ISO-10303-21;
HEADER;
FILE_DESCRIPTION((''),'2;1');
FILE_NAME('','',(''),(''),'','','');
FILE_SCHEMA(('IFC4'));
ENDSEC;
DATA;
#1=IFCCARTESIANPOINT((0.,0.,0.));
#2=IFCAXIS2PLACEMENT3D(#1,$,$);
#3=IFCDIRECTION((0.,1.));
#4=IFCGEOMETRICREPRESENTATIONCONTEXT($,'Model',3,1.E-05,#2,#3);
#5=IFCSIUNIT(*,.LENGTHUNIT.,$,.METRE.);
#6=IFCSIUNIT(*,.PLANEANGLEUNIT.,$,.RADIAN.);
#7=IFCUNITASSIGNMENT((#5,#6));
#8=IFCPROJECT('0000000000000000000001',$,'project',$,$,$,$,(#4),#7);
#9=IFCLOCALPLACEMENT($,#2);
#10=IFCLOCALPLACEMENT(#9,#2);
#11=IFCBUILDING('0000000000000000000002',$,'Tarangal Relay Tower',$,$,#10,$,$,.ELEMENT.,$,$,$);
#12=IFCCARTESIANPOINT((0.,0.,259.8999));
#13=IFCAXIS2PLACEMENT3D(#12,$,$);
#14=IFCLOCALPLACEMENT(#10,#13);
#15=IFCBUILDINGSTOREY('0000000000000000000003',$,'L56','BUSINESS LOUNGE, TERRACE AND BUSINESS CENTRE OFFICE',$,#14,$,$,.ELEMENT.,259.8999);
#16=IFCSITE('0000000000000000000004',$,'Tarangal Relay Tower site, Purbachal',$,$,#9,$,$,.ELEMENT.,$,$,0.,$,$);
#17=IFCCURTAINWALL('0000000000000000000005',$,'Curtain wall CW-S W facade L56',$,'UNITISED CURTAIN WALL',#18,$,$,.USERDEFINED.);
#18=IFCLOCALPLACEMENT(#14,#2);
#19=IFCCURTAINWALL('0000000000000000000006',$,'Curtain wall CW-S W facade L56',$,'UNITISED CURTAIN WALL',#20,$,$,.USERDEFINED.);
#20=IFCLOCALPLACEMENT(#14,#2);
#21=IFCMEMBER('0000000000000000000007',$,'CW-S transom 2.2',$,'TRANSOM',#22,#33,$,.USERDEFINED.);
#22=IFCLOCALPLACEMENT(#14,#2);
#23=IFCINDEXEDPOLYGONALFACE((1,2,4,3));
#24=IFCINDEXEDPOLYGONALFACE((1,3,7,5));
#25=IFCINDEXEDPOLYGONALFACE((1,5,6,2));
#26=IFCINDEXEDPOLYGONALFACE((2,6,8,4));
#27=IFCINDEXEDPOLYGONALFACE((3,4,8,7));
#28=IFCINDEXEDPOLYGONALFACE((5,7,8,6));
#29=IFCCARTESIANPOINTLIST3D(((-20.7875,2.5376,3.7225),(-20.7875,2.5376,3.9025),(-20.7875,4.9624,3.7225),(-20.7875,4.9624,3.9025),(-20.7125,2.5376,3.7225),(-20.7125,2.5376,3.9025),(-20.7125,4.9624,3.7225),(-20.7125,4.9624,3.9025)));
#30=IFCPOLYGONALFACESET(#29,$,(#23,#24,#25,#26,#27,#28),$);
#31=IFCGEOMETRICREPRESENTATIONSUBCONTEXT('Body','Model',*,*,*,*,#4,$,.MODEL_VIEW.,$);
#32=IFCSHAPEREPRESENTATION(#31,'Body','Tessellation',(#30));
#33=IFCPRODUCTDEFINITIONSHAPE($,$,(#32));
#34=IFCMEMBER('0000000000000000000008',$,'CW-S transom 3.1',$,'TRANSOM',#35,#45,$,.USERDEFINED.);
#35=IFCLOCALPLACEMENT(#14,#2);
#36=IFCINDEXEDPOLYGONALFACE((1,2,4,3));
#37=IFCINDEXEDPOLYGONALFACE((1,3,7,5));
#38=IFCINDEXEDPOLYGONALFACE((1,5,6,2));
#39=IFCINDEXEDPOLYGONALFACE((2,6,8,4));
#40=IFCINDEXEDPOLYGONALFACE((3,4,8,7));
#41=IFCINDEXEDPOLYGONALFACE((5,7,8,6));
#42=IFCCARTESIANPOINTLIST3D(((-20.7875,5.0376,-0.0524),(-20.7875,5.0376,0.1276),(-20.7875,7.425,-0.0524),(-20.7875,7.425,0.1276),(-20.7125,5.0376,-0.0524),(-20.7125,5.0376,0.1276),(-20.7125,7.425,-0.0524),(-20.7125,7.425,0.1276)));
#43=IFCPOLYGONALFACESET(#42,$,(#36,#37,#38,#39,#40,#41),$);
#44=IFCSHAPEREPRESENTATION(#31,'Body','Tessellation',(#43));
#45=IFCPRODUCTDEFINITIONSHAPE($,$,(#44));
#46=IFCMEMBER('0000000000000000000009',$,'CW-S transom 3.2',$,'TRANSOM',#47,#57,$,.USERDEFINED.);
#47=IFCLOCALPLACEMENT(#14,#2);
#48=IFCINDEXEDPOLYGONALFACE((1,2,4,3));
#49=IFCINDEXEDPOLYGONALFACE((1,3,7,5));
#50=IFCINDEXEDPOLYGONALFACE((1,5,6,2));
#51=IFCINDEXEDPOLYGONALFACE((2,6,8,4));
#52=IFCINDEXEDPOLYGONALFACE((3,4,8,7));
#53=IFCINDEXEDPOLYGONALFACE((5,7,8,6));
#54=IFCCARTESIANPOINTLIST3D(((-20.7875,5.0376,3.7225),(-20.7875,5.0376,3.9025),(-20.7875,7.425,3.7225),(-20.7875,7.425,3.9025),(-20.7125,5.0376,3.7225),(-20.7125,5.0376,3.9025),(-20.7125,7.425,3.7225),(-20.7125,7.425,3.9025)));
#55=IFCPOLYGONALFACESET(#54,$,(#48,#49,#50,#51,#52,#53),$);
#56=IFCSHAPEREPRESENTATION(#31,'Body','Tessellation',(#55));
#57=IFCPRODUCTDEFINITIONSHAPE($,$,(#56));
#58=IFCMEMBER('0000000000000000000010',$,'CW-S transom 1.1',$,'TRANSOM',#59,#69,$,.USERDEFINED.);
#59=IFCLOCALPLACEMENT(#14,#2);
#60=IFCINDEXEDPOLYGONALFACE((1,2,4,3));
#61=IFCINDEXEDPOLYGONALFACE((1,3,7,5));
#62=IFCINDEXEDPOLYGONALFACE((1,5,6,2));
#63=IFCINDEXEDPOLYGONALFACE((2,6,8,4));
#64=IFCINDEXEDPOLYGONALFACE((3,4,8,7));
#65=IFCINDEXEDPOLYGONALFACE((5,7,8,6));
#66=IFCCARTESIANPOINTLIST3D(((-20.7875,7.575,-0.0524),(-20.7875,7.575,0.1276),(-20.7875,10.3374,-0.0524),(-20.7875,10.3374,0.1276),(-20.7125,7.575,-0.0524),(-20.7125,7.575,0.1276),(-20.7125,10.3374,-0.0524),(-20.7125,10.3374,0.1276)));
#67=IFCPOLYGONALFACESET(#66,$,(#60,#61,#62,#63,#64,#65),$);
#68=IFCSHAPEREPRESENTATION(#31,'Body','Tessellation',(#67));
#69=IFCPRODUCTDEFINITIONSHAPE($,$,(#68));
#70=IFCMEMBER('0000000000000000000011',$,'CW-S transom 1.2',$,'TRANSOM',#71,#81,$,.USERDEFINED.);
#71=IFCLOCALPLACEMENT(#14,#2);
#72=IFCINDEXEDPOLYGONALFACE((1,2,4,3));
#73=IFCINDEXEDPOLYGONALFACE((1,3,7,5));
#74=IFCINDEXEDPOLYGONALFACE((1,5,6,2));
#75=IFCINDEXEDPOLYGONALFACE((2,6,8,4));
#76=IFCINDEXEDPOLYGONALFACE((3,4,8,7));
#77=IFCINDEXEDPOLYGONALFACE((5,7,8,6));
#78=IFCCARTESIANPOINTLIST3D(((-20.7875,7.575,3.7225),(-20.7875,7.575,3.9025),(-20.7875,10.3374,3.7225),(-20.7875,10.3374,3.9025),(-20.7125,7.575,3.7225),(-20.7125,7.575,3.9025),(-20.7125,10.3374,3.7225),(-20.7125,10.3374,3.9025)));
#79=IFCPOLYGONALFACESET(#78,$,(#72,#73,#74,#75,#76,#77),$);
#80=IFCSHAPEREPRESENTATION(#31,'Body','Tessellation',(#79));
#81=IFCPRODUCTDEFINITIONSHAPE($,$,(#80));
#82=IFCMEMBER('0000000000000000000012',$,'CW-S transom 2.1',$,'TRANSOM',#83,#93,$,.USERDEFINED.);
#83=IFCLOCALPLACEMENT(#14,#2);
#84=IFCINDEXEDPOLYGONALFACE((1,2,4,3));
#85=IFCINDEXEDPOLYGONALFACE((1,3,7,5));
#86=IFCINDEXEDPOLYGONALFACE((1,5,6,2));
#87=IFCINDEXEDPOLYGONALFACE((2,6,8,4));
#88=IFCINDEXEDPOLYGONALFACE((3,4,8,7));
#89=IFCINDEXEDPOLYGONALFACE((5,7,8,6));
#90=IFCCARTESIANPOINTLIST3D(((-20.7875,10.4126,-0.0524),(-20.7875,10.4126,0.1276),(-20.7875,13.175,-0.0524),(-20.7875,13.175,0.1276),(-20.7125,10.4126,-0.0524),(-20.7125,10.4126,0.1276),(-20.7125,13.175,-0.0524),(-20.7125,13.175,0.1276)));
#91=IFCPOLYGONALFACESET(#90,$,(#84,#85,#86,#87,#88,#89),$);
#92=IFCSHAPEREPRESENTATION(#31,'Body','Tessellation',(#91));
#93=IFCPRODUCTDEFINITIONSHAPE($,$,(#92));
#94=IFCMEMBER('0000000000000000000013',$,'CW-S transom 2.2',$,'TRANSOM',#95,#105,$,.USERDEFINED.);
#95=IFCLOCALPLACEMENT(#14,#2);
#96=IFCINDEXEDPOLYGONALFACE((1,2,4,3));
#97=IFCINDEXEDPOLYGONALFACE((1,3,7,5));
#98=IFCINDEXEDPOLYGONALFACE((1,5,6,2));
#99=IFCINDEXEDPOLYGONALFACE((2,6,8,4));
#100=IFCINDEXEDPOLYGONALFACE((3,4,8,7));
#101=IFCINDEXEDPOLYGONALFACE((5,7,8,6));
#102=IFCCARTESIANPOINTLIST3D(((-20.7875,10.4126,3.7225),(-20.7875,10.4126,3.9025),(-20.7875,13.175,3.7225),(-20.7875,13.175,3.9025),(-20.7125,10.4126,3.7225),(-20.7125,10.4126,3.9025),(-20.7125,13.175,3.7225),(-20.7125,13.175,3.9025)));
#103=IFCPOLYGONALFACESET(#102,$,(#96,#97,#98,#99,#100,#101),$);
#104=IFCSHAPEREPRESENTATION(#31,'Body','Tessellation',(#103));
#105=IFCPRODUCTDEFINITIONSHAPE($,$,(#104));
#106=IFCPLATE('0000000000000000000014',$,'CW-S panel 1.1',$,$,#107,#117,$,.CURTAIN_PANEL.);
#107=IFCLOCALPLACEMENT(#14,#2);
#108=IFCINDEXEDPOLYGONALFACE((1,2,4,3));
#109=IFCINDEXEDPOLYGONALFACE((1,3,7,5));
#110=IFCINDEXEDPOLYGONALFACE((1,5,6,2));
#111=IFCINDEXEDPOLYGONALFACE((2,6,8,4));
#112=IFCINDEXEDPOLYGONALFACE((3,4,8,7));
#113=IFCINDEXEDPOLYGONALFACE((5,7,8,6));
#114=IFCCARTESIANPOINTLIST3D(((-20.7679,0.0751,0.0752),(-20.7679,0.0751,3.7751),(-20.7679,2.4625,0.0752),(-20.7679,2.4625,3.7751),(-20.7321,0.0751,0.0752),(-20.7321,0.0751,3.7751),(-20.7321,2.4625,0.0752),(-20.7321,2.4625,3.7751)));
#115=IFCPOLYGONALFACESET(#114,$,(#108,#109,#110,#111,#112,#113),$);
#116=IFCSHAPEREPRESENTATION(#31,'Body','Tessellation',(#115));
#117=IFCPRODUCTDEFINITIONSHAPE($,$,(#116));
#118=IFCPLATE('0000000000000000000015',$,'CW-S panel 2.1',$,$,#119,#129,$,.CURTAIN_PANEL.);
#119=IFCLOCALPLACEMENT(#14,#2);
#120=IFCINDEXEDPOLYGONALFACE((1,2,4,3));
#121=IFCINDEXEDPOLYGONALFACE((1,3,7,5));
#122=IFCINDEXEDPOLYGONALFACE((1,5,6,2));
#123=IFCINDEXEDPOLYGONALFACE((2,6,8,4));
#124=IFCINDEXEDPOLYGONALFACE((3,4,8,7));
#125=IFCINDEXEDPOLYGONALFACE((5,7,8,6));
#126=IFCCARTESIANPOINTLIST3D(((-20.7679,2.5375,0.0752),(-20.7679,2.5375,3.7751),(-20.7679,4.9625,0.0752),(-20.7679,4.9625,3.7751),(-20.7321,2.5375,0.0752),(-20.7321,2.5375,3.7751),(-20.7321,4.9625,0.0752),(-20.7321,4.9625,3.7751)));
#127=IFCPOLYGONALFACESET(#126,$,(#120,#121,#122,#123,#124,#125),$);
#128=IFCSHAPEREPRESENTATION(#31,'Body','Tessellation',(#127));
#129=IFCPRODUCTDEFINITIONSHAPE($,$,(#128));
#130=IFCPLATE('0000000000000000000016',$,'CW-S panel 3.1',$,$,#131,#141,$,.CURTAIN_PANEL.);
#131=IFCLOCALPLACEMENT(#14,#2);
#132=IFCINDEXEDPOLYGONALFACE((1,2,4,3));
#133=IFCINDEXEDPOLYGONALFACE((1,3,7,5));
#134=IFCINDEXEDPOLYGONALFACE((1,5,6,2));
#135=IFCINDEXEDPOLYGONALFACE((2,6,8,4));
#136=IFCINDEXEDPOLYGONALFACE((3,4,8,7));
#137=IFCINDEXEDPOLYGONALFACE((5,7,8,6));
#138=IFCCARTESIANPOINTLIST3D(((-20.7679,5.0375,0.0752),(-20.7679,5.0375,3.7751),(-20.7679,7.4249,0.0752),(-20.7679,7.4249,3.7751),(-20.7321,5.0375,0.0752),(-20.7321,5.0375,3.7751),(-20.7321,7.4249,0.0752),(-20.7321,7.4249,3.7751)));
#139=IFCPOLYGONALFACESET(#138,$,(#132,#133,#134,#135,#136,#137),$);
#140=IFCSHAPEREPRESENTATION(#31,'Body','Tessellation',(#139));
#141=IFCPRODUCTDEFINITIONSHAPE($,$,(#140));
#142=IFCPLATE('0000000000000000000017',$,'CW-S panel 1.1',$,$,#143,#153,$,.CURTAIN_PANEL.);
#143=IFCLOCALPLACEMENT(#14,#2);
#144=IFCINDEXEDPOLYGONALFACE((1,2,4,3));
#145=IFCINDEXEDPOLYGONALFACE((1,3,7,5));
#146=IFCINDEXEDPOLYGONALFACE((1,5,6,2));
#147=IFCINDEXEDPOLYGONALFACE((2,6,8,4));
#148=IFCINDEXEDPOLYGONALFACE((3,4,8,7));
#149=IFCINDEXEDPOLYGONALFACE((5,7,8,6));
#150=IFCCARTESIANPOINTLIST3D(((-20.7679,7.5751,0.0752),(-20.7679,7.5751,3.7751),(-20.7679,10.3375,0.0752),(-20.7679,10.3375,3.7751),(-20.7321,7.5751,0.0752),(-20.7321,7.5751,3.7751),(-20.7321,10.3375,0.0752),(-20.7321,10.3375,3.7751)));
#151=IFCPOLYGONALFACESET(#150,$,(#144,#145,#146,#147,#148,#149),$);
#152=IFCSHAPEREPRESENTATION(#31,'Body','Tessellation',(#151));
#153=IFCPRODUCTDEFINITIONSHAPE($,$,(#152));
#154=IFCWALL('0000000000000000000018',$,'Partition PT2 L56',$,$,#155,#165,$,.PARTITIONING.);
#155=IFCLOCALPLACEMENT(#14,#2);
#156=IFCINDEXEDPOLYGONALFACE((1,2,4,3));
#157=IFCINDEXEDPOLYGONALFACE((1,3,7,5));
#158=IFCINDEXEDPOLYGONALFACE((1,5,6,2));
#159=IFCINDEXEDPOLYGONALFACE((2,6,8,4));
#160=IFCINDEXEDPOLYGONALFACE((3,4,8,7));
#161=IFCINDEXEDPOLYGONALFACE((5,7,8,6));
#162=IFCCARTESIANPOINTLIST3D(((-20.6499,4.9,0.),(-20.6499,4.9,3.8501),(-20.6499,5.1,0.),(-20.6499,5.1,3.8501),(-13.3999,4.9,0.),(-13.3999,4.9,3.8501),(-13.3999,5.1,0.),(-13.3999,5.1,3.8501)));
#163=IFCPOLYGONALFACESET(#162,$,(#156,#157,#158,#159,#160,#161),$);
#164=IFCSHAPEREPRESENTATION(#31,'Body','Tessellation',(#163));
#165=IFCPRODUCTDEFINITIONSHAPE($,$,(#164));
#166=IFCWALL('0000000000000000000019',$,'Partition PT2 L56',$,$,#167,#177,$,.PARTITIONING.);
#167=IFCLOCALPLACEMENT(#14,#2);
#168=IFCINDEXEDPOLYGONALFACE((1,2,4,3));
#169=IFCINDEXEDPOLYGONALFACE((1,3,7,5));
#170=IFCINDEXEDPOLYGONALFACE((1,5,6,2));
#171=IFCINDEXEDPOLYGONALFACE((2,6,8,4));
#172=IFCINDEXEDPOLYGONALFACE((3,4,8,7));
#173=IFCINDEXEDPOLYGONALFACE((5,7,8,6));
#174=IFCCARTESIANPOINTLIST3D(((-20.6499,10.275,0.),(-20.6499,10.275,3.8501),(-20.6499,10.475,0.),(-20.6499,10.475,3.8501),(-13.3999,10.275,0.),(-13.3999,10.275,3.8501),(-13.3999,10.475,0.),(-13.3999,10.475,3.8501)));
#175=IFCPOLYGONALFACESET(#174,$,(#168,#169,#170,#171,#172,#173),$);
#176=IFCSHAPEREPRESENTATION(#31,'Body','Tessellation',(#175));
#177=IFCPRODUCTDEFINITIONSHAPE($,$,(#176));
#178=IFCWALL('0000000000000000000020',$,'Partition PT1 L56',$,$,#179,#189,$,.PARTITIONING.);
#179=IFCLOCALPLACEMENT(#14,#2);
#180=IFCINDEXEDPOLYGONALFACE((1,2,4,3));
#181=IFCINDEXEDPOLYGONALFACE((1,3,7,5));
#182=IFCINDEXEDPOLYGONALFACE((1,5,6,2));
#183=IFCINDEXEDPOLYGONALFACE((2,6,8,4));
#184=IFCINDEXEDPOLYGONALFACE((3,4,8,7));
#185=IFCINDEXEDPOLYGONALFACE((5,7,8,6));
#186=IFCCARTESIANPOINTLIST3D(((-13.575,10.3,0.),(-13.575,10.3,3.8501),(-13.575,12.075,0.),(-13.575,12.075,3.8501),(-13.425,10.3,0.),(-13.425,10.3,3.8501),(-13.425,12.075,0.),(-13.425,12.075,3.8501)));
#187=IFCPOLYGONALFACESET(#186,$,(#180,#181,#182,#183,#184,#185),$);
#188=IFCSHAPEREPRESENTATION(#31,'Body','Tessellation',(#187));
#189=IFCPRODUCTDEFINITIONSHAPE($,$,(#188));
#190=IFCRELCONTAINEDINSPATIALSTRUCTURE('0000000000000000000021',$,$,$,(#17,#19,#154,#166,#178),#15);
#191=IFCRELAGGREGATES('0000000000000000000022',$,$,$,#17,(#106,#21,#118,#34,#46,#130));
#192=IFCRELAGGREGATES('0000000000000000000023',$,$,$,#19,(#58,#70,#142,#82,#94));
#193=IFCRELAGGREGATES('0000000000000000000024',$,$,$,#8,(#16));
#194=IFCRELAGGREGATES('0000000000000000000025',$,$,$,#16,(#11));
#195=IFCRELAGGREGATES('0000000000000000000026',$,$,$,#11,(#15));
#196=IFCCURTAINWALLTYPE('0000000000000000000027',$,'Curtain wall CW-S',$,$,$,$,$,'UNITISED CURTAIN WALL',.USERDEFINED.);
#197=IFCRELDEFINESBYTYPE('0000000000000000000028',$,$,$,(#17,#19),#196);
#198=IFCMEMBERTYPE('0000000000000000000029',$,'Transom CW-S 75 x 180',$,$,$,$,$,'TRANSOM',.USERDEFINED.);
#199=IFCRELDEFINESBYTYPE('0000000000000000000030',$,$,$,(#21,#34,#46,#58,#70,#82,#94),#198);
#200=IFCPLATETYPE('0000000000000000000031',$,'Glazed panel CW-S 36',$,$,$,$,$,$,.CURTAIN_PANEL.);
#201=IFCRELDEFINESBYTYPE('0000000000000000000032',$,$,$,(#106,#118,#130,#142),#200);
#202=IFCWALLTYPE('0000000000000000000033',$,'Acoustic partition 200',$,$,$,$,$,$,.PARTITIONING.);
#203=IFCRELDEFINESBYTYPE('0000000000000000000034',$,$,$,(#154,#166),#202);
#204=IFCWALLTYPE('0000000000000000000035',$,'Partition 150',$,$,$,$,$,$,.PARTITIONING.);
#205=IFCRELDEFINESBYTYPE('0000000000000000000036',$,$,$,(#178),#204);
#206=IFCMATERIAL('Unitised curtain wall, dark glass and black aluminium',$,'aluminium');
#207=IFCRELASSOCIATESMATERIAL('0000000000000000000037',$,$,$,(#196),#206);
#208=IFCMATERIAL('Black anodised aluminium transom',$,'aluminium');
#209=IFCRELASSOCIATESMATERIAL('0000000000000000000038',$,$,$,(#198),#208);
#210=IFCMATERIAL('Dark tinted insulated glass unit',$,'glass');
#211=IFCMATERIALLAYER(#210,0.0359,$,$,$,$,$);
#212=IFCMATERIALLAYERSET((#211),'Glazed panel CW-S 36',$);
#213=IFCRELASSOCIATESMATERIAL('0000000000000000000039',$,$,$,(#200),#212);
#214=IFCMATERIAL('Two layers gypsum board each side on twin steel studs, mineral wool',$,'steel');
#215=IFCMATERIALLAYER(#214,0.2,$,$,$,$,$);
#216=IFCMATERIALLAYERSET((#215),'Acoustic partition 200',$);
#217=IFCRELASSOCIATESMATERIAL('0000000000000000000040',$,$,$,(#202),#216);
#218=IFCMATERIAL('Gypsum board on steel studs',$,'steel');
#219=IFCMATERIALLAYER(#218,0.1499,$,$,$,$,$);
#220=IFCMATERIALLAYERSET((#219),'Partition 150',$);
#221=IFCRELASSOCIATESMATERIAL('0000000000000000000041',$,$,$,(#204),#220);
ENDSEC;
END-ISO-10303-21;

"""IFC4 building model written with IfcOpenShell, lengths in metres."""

from ifc_helpers import new_model, si_unit, direction, frame, frame_2d, origin, origin_2d, place, context, subcontext, project, spatial, rectangle, extrude, material, layer, layer_set, material_profile, profile_set, type_object, element, aggregate, save


model = new_model("IFC4")

# Units and contexts
model_context = context("Model", 3, precision=1e-05, world=origin(), true_north=direction((0.0, 1.0)))
body_context = subcontext(model_context, "Body", "Model", "MODEL_VIEW")
ifc_project = project(units=[si_unit("LENGTHUNIT", "METRE"), si_unit("PLANEANGLEUNIT", "RADIAN")], contexts=[model_context])

# Site, building, storey
site_placement = place(None, origin())
site = spatial("IfcSite", under=ifc_project, at=site_placement, Name="Tarangal Relay Tower site, Purbachal", CompositionType="ELEMENT", RefElevation=0.0)
building_placement = place(site_placement, origin())
building = spatial("IfcBuilding", under=site, at=building_placement, Name="Tarangal Relay Tower", CompositionType="ELEMENT")
storey_placement = place(building_placement, frame((0.0, 0.0, 259.8999)))
storey = spatial("IfcBuildingStorey", under=building, at=storey_placement, Name="L56", Description="BUSINESS LOUNGE, TERRACE AND BUSINESS CENTRE OFFICE", CompositionType="ELEMENT", Elevation=259.8999)

# Curtain walls
ifc_material_1 = material(Name="Unitised curtain wall, dark glass and black aluminium", Category="aluminium")
curtain_wall_type = type_object("IfcCurtainWallType", Name="Curtain wall CW-S", ElementType="UNITISED CURTAIN WALL", PredefinedType="USERDEFINED", material=ifc_material_1)
curtain_wall_1_placement = place(storey_placement, origin())
curtain_wall_1 = element("IfcCurtainWall", 1, at=curtain_wall_1_placement, inside=storey, type_object=curtain_wall_type, Name="Curtain wall CW-S W facade L56", ObjectType="UNITISED CURTAIN WALL", PredefinedType="USERDEFINED")
curtain_wall_2_placement = place(storey_placement, origin())
curtain_wall_2 = element("IfcCurtainWall", 2, at=curtain_wall_2_placement, inside=storey, type_object=curtain_wall_type, Name="Curtain wall CW-S W facade L56", ObjectType="UNITISED CURTAIN WALL", PredefinedType="USERDEFINED")

# Members
ifc_material_2 = material(Name="Black anodised aluminium transom", Category="aluminium")
ifc_material_profile_1 = material_profile(ifc_material_2, rectangle(XDim=0.075, YDim=0.1799, at=origin_2d()), Name="CW-ST 75X180")
ifc_profile_set_1 = profile_set([ifc_material_profile_1], Name="Black anodised aluminium transom")
member_type_1 = type_object("IfcMemberType", Name="Transom CW-S 75 x 180", ElementType="TRANSOM", PredefinedType="USERDEFINED", material=ifc_profile_set_1)
member_1_placement = place(storey_placement, frame((-20.75, 2.5376, 3.8125), z_axis=(0.0, 1.0, 0.0), x_axis=(-1.0, 0.0, 0.0)))
member_1 = element("IfcMember", 3, at=member_1_placement, type_object=member_type_1, Name="CW-S transom 2.2", ObjectType="TRANSOM", PredefinedType="USERDEFINED", context=body_context, shape_type="SweptSolid", body=[
    extrude(rectangle(XDim=0.075, YDim=0.1799, at=origin_2d()), origin(), (0.0, 0.0, 1.0), 2.4248),
])
member_2_placement = place(storey_placement, frame((-20.75, 5.0376, 0.0376), z_axis=(0.0, 1.0, 0.0), x_axis=(-1.0, 0.0, 0.0)))
member_2 = element("IfcMember", 4, at=member_2_placement, type_object=member_type_1, Name="CW-S transom 3.1", ObjectType="TRANSOM", PredefinedType="USERDEFINED", context=body_context, shape_type="SweptSolid", body=[
    extrude(rectangle(XDim=0.075, YDim=0.1799, at=origin_2d()), origin(), (0.0, 0.0, 1.0), 2.3875),
])
member_3_placement = place(storey_placement, frame((-20.75, 5.0376, 3.8125), z_axis=(0.0, 1.0, 0.0), x_axis=(-1.0, 0.0, 0.0)))
member_3 = element("IfcMember", 5, at=member_3_placement, type_object=member_type_1, Name="CW-S transom 3.2", ObjectType="TRANSOM", PredefinedType="USERDEFINED", context=body_context, shape_type="SweptSolid", body=[
    extrude(rectangle(XDim=0.075, YDim=0.1799, at=origin_2d()), origin(), (0.0, 0.0, 1.0), 2.3875),
])
member_4_placement = place(storey_placement, frame((-20.75, 7.575, 0.0376), z_axis=(0.0, 1.0, 0.0), x_axis=(-1.0, 0.0, 0.0)))
member_4 = element("IfcMember", 6, at=member_4_placement, type_object=member_type_1, Name="CW-S transom 1.1", ObjectType="TRANSOM", PredefinedType="USERDEFINED", context=body_context, shape_type="SweptSolid", body=[
    extrude(rectangle(XDim=0.075, YDim=0.1799, at=origin_2d()), origin(), (0.0, 0.0, 1.0), 2.7625),
])
member_5_placement = place(storey_placement, frame((-20.75, 7.575, 3.8125), z_axis=(0.0, 1.0, 0.0), x_axis=(-1.0, 0.0, 0.0)))
member_5 = element("IfcMember", 7, at=member_5_placement, type_object=member_type_1, Name="CW-S transom 1.2", ObjectType="TRANSOM", PredefinedType="USERDEFINED", context=body_context, shape_type="SweptSolid", body=[
    extrude(rectangle(XDim=0.075, YDim=0.1799, at=origin_2d()), origin(), (0.0, 0.0, 1.0), 2.7625),
])
member_6_placement = place(storey_placement, frame((-20.75, 10.4126, 0.0376), z_axis=(0.0, 1.0, 0.0), x_axis=(-1.0, 0.0, 0.0)))
member_6 = element("IfcMember", 8, at=member_6_placement, type_object=member_type_1, Name="CW-S transom 2.1", ObjectType="TRANSOM", PredefinedType="USERDEFINED", context=body_context, shape_type="SweptSolid", body=[
    extrude(rectangle(XDim=0.075, YDim=0.1799, at=origin_2d()), origin(), (0.0, 0.0, 1.0), 2.7625),
])
member_7_placement = place(storey_placement, frame((-20.75, 10.4126, 3.8125), z_axis=(0.0, 1.0, 0.0), x_axis=(-1.0, 0.0, 0.0)))
member_7 = element("IfcMember", 9, at=member_7_placement, type_object=member_type_1, Name="CW-S transom 2.2", ObjectType="TRANSOM", PredefinedType="USERDEFINED", context=body_context, shape_type="SweptSolid", body=[
    extrude(rectangle(XDim=0.075, YDim=0.1799, at=origin_2d()), origin(), (0.0, 0.0, 1.0), 2.7625),
])

# Plates
ifc_material_3 = material(Name="Dark tinted insulated glass unit", Category="glass")
ifc_layer_1 = layer(ifc_material_3, 0.0359)
ifc_layer_set_1 = layer_set([ifc_layer_1], Name="Glazed panel CW-S 36")
plate_type = type_object("IfcPlateType", Name="Glazed panel CW-S 36", PredefinedType="CURTAIN_PANEL", material=ifc_layer_set_1)
plate_1_placement = place(storey_placement, frame((-20.75, 1.2688, 0.0752), z_axis=(0.0, 0.0, 1.0), x_axis=(0.0, 1.0, 0.0)))
plate_1 = element("IfcPlate", 10, at=plate_1_placement, type_object=plate_type, Name="CW-S panel 1.1", PredefinedType="CURTAIN_PANEL", context=body_context, shape_type="SweptSolid", body=[
    extrude(rectangle(XDim=2.3875, YDim=0.0359, at=origin_2d()), origin(), (0.0, 0.0, 1.0), 3.7),
])
plate_2_placement = place(storey_placement, frame((-20.75, 3.75, 0.0752), z_axis=(0.0, 0.0, 1.0), x_axis=(0.0, 1.0, 0.0)))
plate_2 = element("IfcPlate", 11, at=plate_2_placement, type_object=plate_type, Name="CW-S panel 2.1", PredefinedType="CURTAIN_PANEL", context=body_context, shape_type="SweptSolid", body=[
    extrude(rectangle(XDim=2.425, YDim=0.0359, at=origin_2d()), origin(), (0.0, 0.0, 1.0), 3.7),
])
plate_3_placement = place(storey_placement, frame((-20.75, 6.2312, 0.0752), z_axis=(0.0, 0.0, 1.0), x_axis=(0.0, 1.0, 0.0)))
plate_3 = element("IfcPlate", 12, at=plate_3_placement, type_object=plate_type, Name="CW-S panel 3.1", PredefinedType="CURTAIN_PANEL", context=body_context, shape_type="SweptSolid", body=[
    extrude(rectangle(XDim=2.3875, YDim=0.0359, at=origin_2d()), origin(), (0.0, 0.0, 1.0), 3.7),
])
aggregate(curtain_wall_1, [plate_1, member_1, plate_2, member_2, member_3, plate_3])
plate_4_placement = place(storey_placement, frame((-20.75, 8.9563, 0.0752), z_axis=(0.0, 0.0, 1.0), x_axis=(0.0, 1.0, 0.0)))
plate_4 = element("IfcPlate", 13, at=plate_4_placement, type_object=plate_type, Name="CW-S panel 1.1", PredefinedType="CURTAIN_PANEL", context=body_context, shape_type="SweptSolid", body=[
    extrude(rectangle(XDim=2.7625, YDim=0.0359, at=origin_2d()), origin(), (0.0, 0.0, 1.0), 3.7),
])
aggregate(curtain_wall_2, [member_4, member_5, plate_4, member_6, member_7])

# Walls
ifc_material_4 = material(Name="Two layers gypsum board each side on twin steel studs, mineral wool", Category="steel")
ifc_layer_2 = layer(ifc_material_4, 0.2)
ifc_layer_set_2 = layer_set([ifc_layer_2], Name="Acoustic partition 200")
wall_type_1 = type_object("IfcWallType", Name="Acoustic partition 200", PredefinedType="PARTITIONING", material=ifc_layer_set_2)
for number, where, z_axis, x_axis, name in (
    (14, (-20.6499, 5.0, 0.0), (0.0, 0.0, 1.0), (1.0, 0.0, 0.0), "Partition PT2 L56"),
    (15, (-20.6499, 10.375, 0.0), (0.0, 0.0, 1.0), (1.0, 0.0, 0.0), "Partition PT2 L56"),
):
    element("IfcWall", number, at=place(storey_placement, frame(where, z_axis=z_axis, x_axis=x_axis)), inside=storey, type_object=wall_type_1, Name=name, PredefinedType="PARTITIONING", context=body_context, shape_type="SweptSolid", body=[
        extrude(rectangle(XDim=7.25, YDim=0.2, at=frame_2d((3.625, 0.0))), origin(), (0.0, 0.0, 1.0), 3.8501),
    ])
ifc_material_5 = material(Name="Gypsum board on steel studs", Category="steel")
ifc_layer_3 = layer(ifc_material_5, 0.1499)
ifc_layer_set_3 = layer_set([ifc_layer_3], Name="Partition 150")
wall_type_2 = type_object("IfcWallType", Name="Partition 150", PredefinedType="PARTITIONING", material=ifc_layer_set_3)
wall_placement = place(storey_placement, frame((-13.5, 10.3, 0.0), z_axis=(0.0, 0.0, 1.0), x_axis=(0.0, 1.0, 0.0)))
element("IfcWall", 16, at=wall_placement, inside=storey, type_object=wall_type_2, Name="Partition PT1 L56", PredefinedType="PARTITIONING", context=body_context, shape_type="SweptSolid", body=[
    extrude(rectangle(XDim=1.7749, YDim=0.1499, at=frame_2d((0.8875, 0.0))), origin(), (0.0, 0.0, 1.0), 3.8501),
])

save(model, "model.ifc")
